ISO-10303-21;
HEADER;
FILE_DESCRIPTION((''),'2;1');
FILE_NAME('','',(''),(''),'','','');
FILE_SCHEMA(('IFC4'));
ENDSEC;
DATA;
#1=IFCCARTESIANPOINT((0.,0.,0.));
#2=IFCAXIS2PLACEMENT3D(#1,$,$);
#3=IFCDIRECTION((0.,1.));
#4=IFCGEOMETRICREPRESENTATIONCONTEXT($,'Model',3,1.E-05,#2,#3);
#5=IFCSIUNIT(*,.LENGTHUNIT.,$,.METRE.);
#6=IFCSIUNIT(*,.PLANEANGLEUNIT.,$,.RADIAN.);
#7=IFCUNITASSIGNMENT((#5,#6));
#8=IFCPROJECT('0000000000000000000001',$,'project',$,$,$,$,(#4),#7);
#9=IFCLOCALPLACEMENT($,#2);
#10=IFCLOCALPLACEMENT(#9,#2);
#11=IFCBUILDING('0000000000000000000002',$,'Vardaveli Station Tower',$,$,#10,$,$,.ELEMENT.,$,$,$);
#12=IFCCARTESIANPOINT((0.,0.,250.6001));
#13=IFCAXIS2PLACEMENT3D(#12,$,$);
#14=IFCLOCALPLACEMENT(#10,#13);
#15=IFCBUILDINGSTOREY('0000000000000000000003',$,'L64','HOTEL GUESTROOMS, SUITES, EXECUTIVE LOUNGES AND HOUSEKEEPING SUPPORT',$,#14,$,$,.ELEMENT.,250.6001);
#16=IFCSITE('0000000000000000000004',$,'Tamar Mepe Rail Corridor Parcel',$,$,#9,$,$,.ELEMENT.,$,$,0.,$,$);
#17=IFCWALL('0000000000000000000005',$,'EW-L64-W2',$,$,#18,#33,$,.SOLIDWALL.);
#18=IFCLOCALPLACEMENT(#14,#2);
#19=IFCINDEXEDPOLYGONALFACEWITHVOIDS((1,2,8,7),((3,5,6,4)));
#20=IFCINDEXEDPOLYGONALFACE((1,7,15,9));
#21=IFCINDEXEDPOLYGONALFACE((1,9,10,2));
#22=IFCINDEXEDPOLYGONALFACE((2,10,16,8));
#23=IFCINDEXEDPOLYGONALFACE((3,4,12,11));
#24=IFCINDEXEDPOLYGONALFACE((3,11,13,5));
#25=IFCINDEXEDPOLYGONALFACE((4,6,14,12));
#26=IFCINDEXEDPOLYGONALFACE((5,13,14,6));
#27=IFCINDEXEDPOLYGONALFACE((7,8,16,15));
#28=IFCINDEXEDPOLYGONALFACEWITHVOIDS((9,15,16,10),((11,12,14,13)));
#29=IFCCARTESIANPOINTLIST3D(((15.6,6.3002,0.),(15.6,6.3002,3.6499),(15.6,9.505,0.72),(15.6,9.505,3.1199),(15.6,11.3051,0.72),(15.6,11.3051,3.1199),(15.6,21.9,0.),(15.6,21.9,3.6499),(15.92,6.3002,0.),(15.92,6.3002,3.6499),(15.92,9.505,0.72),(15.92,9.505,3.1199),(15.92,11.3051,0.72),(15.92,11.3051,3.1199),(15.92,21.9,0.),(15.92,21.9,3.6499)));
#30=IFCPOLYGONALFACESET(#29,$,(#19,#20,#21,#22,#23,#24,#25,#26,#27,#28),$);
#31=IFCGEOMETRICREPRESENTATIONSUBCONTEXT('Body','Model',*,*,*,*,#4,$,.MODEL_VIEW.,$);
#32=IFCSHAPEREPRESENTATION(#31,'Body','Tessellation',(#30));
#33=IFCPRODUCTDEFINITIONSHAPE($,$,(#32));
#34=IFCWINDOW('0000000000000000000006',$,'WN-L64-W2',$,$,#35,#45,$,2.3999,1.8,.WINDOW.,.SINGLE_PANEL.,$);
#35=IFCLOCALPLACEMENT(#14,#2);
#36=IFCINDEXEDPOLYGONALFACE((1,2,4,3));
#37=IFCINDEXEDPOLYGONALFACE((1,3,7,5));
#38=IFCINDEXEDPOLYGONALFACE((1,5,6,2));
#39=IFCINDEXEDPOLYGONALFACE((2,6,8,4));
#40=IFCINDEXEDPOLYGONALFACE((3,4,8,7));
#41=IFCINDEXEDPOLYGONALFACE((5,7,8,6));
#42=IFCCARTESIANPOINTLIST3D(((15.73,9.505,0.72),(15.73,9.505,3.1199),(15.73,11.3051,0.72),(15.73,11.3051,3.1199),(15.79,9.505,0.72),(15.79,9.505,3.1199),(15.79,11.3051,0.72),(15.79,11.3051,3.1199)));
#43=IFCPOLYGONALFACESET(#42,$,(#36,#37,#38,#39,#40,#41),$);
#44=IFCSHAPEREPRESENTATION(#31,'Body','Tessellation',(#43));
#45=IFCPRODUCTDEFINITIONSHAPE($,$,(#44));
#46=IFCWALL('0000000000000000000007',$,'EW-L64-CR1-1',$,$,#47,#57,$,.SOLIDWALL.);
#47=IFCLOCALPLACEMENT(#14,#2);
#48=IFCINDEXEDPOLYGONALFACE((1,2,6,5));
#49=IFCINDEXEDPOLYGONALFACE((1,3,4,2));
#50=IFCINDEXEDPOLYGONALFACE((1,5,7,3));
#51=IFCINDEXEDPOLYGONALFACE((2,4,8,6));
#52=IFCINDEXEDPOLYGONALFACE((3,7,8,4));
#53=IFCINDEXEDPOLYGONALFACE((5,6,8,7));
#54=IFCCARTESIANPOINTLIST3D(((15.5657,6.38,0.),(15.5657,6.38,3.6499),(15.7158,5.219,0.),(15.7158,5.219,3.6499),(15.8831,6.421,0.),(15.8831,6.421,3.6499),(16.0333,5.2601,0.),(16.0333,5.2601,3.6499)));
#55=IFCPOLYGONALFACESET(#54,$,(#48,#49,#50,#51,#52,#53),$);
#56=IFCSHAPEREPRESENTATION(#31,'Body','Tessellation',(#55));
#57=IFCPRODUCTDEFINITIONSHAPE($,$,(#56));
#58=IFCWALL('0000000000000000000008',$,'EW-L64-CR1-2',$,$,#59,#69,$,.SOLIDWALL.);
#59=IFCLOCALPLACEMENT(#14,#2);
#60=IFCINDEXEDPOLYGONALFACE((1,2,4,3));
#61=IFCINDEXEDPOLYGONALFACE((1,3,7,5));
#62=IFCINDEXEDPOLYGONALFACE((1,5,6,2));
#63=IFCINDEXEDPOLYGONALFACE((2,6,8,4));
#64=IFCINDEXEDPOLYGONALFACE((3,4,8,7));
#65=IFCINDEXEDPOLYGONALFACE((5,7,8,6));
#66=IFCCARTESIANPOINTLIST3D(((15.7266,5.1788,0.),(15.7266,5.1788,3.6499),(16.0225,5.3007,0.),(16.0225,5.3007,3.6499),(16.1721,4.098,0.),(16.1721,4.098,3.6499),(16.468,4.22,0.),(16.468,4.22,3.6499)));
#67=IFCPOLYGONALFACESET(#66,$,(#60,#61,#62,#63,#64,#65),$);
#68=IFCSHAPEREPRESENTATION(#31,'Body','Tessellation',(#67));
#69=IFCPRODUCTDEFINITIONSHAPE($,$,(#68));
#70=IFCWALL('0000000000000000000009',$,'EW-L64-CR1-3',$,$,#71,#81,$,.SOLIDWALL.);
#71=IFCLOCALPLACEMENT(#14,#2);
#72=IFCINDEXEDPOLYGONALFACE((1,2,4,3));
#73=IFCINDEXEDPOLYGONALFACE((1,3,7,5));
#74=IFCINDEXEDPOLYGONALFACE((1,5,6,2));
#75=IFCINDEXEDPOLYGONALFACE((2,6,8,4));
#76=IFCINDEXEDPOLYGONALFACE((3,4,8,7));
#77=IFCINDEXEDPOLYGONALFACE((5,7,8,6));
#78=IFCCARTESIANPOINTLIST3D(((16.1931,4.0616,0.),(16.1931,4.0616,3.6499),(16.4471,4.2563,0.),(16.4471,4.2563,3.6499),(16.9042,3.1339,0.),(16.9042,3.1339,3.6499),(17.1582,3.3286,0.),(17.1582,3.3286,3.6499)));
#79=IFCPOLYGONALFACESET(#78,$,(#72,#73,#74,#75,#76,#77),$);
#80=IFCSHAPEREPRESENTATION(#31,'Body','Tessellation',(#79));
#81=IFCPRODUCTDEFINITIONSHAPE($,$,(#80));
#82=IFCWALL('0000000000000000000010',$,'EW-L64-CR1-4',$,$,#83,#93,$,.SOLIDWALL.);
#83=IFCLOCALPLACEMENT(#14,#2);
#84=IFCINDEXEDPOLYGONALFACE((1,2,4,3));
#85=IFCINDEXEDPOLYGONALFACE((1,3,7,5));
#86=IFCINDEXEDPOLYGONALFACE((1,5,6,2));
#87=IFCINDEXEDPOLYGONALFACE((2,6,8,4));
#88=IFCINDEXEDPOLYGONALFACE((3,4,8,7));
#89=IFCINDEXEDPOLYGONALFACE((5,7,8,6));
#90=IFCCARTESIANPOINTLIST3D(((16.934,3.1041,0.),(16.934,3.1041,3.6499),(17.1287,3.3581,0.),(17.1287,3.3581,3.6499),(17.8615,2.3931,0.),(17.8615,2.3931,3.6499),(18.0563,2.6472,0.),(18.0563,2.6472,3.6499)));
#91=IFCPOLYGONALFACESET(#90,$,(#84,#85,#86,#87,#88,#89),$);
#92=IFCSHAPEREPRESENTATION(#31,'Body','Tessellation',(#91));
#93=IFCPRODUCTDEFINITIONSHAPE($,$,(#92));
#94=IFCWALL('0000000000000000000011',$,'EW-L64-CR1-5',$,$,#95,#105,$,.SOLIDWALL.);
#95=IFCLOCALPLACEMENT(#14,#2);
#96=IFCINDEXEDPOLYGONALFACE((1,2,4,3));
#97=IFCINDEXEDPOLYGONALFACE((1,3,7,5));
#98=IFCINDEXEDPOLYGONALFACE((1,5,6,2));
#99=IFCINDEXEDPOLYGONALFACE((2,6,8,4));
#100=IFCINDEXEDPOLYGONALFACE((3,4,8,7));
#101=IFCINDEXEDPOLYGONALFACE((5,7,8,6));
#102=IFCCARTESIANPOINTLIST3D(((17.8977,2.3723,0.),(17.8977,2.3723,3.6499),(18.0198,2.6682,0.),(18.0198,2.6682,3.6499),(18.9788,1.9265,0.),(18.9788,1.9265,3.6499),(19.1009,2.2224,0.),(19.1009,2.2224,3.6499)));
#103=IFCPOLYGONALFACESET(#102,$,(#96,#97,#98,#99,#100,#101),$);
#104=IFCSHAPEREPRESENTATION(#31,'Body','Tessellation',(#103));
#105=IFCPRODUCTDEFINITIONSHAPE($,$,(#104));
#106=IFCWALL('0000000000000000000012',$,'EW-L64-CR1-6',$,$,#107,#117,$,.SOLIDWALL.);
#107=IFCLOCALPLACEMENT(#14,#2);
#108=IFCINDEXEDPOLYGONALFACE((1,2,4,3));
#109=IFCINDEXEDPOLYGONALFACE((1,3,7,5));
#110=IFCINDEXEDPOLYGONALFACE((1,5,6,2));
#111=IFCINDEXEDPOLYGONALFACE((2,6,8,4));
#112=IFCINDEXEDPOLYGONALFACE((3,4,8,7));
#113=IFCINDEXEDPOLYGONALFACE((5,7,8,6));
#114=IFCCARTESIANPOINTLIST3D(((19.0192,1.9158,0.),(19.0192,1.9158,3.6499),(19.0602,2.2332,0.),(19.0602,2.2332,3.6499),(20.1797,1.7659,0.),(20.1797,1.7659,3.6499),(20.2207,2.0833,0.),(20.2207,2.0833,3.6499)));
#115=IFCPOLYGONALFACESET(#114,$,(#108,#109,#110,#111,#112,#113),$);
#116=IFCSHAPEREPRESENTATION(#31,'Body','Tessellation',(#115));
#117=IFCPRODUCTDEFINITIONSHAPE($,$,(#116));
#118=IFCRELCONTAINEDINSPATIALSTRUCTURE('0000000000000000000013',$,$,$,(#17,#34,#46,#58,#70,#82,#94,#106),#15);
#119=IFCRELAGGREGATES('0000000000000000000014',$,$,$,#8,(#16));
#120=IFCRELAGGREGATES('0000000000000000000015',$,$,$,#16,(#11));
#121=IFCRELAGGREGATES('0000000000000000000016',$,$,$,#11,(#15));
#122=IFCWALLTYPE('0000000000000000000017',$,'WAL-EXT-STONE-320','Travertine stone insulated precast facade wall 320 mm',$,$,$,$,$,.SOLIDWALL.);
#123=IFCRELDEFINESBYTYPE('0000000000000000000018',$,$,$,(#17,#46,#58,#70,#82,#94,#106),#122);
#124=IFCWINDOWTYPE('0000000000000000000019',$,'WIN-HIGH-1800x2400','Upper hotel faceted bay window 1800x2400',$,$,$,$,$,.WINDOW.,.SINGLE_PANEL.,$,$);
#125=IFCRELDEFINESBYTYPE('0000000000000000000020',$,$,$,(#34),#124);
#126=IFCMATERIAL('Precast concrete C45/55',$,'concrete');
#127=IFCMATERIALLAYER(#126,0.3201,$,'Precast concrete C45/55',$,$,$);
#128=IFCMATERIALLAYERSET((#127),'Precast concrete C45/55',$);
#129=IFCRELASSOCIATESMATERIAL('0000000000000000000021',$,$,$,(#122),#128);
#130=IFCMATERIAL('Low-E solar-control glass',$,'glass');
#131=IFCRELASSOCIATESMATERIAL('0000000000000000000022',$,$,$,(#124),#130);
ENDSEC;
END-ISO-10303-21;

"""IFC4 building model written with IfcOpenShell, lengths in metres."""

from ifc_helpers import new_model, si_unit, direction, frame, frame_2d, origin, place, context, subcontext, project, spatial, rectangle, extrude, source, transform, mapped, material, layer, layer_set, type_object, element, fill, save


model = new_model("IFC4")

# Units and contexts
model_context = context("Model", 3, precision=1e-05, world=origin(), true_north=direction((0.0, 1.0)))
body_context = subcontext(model_context, "Body", "Model", "MODEL_VIEW")
ifc_project = project(units=[si_unit("LENGTHUNIT", "METRE"), si_unit("PLANEANGLEUNIT", "RADIAN")], contexts=[model_context])

# Site, building, storey
site_placement = place(None, origin())
site = spatial("IfcSite", under=ifc_project, at=site_placement, Name="Tamar Mepe Rail Corridor Parcel", CompositionType="ELEMENT", RefElevation=0.0)
building_placement = place(site_placement, origin())
building = spatial("IfcBuilding", under=site, at=building_placement, Name="Vardaveli Station Tower", CompositionType="ELEMENT")
storey_placement = place(building_placement, frame((0.0, 0.0, 250.6001)))
storey = spatial("IfcBuildingStorey", under=building, at=storey_placement, Name="L64", Description="HOTEL GUESTROOMS, SUITES, EXECUTIVE LOUNGES AND HOUSEKEEPING SUPPORT", CompositionType="ELEMENT", Elevation=250.6001)

# Shared definitions
ifc_material_1 = material(Name="Precast concrete C45/55", Category="concrete")

# Wall, opening, window
ifc_layer_1 = layer(ifc_material_1, 0.3201, Name="Precast concrete C45/55")
ifc_layer_set_1 = layer_set([ifc_layer_1], Name="Precast concrete C45/55")
wall_type_1 = type_object("IfcWallType", Name="WAL-EXT-STONE-320", Description="Travertine stone insulated precast facade wall 320 mm", PredefinedType="SOLIDWALL", material=ifc_layer_set_1)
shared_shape_1 = source(origin(), body_context, "Body", "SweptSolid", [
    extrude(rectangle(XDim=15.5999, YDim=0.3201, at=frame_2d((7.7998, 0.0))), origin(), (0.0, 0.0, 1.0), 3.6499),
])
wall_1_placement = place(storey_placement, frame((15.76, 21.8999, 0.0), z_axis=(0.0, 0.0, 1.0), x_axis=(0.0, -1.0, 0.0)))
wall_1 = element("IfcWall", 1, at=wall_1_placement, inside=storey, type_object=wall_type_1, Name="EW-L64-W2", PredefinedType="SOLIDWALL", context=body_context, shape_type="MappedRepresentation", body=[
    mapped(shared_shape_1, transform((0.0, 0.0, 0.0), scale=1.0)),
])
shared_shape_2 = source(origin(), body_context, "Body", "SweptSolid", [
    extrude(rectangle(XDim=1.8, YDim=2.3999, at=frame_2d((0.8999, 1.2))), frame((0.0, 0.1699, 0.0), z_axis=(0.0, -1.0, 0.0), x_axis=(1.0, 0.0, 0.0)), (0.0, 0.0, 1.0), 0.3401),
])
opening_1_placement = place(wall_1_placement, frame((10.595, 0.0, 0.72)))
opening_1 = element("IfcOpeningElement", 2, at=opening_1_placement, cuts=wall_1, PredefinedType="OPENING", context=body_context, shape_type="MappedRepresentation", body=[
    mapped(shared_shape_2, transform((0.0, 0.0, 0.0), scale=1.0)),
])
ifc_material_2 = material(Name="Low-E solar-control glass", Category="glass")
window_type = type_object("IfcWindowType", Name="WIN-HIGH-1800x2400", Description="Upper hotel faceted bay window 1800x2400", PartitioningType="SINGLE_PANEL", PredefinedType="WINDOW", material=ifc_material_2)
shared_shape_3 = source(origin(), body_context, "Body", "SweptSolid", [
    extrude(rectangle(XDim=1.8, YDim=2.3999, at=frame_2d((0.8999, 1.2))), frame((0.0, 0.03, 0.0), z_axis=(0.0, -1.0, 0.0), x_axis=(1.0, 0.0, 0.0)), (0.0, 0.0, 1.0), 0.0601),
])
window_placement = place(opening_1_placement, origin())
window = element("IfcWindow", 3, at=window_placement, inside=storey, type_object=window_type, Name="WN-L64-W2", OverallHeight=2.3999, OverallWidth=1.8, PartitioningType="SINGLE_PANEL", PredefinedType="WINDOW", context=body_context, shape_type="MappedRepresentation", body=[
    mapped(shared_shape_3, transform((0.0, 0.0, 0.0), scale=1.0)),
])
fill(opening_1, window)

# Walls
shared_shape_4 = source(origin(), body_context, "Body", "SweptSolid", [
    extrude(rectangle(XDim=1.1707, YDim=0.3201, at=frame_2d((0.5854, 0.0))), origin(), (0.0, 0.0, 1.0), 3.6499),
])
wall_2_placement = place(storey_placement, frame((15.7244, 6.4006, 0.0), z_axis=(0.0, 0.0, 1.0), x_axis=(0.128269, -0.991739, 0.0)))
element("IfcWall", 4, at=wall_2_placement, inside=storey, type_object=wall_type_1, Name="EW-L64-CR1-1", PredefinedType="SOLIDWALL", context=body_context, shape_type="MappedRepresentation", body=[
    mapped(shared_shape_4, transform((0.0, 0.0, 0.0), scale=1.0)),
])
shared_shape_5 = source(origin(), body_context, "Body", "SweptSolid", [
    extrude(rectangle(XDim=1.1689, YDim=0.3201, at=frame_2d((0.5845, 0.0))), origin(), (0.0, 0.0, 1.0), 3.6499),
])
for number, where, z_axis, x_axis, name in (
    (5, (15.8745, 5.2397, 0.0), (0.0, 0.0, 1.0), (0.381128, -0.924522, 0.0), "EW-L64-CR1-2"),
    (6, (16.3201, 4.1589, 0.0), (0.0, 0.0, 1.0), (0.608388, -0.79364, 0.0), "EW-L64-CR1-3"),
):
    element("IfcWall", number, at=place(storey_placement, frame(where, z_axis=z_axis, x_axis=x_axis)), inside=storey, type_object=wall_type_1, Name=name, PredefinedType="SOLIDWALL", context=body_context, shape_type="MappedRepresentation", body=[
        mapped(shared_shape_5, transform((0.0, 0.0, 0.0), scale=1.0)),
    ])
shared_shape_6 = source(origin(), body_context, "Body", "SweptSolid", [
    extrude(rectangle(XDim=1.1687, YDim=0.3201, at=frame_2d((0.5845, 0.0))), origin(), (0.0, 0.0, 1.0), 3.6499),
])
wall_3_placement = place(storey_placement, frame((17.0312, 3.2312, 0.0), z_axis=(0.0, 0.0, 1.0), x_axis=(0.793664, -0.608357, 0.0)))
element("IfcWall", 7, at=wall_3_placement, inside=storey, type_object=wall_type_1, Name="EW-L64-CR1-4", PredefinedType="SOLIDWALL", context=body_context, shape_type="MappedRepresentation", body=[
    mapped(shared_shape_6, transform((0.0, 0.0, 0.0), scale=1.0)),
])
shared_shape_7 = source(origin(), body_context, "Body", "SweptSolid", [
    extrude(rectangle(XDim=1.1694, YDim=0.3201, at=frame_2d((0.5847, 0.0))), origin(), (0.0, 0.0, 1.0), 3.6499),
])
wall_4_placement = place(storey_placement, frame((17.9587, 2.5203, 0.0), z_axis=(0.0, 0.0, 1.0), x_axis=(0.924479, -0.381233, 0.0)))
element("IfcWall", 8, at=wall_4_placement, inside=storey, type_object=wall_type_1, Name="EW-L64-CR1-5", PredefinedType="SOLIDWALL", context=body_context, shape_type="MappedRepresentation", body=[
    mapped(shared_shape_7, transform((0.0, 0.0, 0.0), scale=1.0)),
])
shared_shape_8 = source(origin(), body_context, "Body", "SweptSolid", [
    extrude(rectangle(XDim=1.1702, YDim=0.3201, at=frame_2d((0.585, 0.0))), origin(), (0.0, 0.0, 1.0), 3.6499),
])
wall_5_placement = place(storey_placement, frame((19.0398, 2.0745, 0.0), z_axis=(0.0, 0.0, 1.0), x_axis=(0.991762, -0.12809, 0.0)))
element("IfcWall", 9, at=wall_5_placement, inside=storey, type_object=wall_type_1, Name="EW-L64-CR1-6", PredefinedType="SOLIDWALL", context=body_context, shape_type="MappedRepresentation", body=[
    mapped(shared_shape_8, transform((0.0, 0.0, 0.0), scale=1.0)),
])

save(model, "model.ifc")
